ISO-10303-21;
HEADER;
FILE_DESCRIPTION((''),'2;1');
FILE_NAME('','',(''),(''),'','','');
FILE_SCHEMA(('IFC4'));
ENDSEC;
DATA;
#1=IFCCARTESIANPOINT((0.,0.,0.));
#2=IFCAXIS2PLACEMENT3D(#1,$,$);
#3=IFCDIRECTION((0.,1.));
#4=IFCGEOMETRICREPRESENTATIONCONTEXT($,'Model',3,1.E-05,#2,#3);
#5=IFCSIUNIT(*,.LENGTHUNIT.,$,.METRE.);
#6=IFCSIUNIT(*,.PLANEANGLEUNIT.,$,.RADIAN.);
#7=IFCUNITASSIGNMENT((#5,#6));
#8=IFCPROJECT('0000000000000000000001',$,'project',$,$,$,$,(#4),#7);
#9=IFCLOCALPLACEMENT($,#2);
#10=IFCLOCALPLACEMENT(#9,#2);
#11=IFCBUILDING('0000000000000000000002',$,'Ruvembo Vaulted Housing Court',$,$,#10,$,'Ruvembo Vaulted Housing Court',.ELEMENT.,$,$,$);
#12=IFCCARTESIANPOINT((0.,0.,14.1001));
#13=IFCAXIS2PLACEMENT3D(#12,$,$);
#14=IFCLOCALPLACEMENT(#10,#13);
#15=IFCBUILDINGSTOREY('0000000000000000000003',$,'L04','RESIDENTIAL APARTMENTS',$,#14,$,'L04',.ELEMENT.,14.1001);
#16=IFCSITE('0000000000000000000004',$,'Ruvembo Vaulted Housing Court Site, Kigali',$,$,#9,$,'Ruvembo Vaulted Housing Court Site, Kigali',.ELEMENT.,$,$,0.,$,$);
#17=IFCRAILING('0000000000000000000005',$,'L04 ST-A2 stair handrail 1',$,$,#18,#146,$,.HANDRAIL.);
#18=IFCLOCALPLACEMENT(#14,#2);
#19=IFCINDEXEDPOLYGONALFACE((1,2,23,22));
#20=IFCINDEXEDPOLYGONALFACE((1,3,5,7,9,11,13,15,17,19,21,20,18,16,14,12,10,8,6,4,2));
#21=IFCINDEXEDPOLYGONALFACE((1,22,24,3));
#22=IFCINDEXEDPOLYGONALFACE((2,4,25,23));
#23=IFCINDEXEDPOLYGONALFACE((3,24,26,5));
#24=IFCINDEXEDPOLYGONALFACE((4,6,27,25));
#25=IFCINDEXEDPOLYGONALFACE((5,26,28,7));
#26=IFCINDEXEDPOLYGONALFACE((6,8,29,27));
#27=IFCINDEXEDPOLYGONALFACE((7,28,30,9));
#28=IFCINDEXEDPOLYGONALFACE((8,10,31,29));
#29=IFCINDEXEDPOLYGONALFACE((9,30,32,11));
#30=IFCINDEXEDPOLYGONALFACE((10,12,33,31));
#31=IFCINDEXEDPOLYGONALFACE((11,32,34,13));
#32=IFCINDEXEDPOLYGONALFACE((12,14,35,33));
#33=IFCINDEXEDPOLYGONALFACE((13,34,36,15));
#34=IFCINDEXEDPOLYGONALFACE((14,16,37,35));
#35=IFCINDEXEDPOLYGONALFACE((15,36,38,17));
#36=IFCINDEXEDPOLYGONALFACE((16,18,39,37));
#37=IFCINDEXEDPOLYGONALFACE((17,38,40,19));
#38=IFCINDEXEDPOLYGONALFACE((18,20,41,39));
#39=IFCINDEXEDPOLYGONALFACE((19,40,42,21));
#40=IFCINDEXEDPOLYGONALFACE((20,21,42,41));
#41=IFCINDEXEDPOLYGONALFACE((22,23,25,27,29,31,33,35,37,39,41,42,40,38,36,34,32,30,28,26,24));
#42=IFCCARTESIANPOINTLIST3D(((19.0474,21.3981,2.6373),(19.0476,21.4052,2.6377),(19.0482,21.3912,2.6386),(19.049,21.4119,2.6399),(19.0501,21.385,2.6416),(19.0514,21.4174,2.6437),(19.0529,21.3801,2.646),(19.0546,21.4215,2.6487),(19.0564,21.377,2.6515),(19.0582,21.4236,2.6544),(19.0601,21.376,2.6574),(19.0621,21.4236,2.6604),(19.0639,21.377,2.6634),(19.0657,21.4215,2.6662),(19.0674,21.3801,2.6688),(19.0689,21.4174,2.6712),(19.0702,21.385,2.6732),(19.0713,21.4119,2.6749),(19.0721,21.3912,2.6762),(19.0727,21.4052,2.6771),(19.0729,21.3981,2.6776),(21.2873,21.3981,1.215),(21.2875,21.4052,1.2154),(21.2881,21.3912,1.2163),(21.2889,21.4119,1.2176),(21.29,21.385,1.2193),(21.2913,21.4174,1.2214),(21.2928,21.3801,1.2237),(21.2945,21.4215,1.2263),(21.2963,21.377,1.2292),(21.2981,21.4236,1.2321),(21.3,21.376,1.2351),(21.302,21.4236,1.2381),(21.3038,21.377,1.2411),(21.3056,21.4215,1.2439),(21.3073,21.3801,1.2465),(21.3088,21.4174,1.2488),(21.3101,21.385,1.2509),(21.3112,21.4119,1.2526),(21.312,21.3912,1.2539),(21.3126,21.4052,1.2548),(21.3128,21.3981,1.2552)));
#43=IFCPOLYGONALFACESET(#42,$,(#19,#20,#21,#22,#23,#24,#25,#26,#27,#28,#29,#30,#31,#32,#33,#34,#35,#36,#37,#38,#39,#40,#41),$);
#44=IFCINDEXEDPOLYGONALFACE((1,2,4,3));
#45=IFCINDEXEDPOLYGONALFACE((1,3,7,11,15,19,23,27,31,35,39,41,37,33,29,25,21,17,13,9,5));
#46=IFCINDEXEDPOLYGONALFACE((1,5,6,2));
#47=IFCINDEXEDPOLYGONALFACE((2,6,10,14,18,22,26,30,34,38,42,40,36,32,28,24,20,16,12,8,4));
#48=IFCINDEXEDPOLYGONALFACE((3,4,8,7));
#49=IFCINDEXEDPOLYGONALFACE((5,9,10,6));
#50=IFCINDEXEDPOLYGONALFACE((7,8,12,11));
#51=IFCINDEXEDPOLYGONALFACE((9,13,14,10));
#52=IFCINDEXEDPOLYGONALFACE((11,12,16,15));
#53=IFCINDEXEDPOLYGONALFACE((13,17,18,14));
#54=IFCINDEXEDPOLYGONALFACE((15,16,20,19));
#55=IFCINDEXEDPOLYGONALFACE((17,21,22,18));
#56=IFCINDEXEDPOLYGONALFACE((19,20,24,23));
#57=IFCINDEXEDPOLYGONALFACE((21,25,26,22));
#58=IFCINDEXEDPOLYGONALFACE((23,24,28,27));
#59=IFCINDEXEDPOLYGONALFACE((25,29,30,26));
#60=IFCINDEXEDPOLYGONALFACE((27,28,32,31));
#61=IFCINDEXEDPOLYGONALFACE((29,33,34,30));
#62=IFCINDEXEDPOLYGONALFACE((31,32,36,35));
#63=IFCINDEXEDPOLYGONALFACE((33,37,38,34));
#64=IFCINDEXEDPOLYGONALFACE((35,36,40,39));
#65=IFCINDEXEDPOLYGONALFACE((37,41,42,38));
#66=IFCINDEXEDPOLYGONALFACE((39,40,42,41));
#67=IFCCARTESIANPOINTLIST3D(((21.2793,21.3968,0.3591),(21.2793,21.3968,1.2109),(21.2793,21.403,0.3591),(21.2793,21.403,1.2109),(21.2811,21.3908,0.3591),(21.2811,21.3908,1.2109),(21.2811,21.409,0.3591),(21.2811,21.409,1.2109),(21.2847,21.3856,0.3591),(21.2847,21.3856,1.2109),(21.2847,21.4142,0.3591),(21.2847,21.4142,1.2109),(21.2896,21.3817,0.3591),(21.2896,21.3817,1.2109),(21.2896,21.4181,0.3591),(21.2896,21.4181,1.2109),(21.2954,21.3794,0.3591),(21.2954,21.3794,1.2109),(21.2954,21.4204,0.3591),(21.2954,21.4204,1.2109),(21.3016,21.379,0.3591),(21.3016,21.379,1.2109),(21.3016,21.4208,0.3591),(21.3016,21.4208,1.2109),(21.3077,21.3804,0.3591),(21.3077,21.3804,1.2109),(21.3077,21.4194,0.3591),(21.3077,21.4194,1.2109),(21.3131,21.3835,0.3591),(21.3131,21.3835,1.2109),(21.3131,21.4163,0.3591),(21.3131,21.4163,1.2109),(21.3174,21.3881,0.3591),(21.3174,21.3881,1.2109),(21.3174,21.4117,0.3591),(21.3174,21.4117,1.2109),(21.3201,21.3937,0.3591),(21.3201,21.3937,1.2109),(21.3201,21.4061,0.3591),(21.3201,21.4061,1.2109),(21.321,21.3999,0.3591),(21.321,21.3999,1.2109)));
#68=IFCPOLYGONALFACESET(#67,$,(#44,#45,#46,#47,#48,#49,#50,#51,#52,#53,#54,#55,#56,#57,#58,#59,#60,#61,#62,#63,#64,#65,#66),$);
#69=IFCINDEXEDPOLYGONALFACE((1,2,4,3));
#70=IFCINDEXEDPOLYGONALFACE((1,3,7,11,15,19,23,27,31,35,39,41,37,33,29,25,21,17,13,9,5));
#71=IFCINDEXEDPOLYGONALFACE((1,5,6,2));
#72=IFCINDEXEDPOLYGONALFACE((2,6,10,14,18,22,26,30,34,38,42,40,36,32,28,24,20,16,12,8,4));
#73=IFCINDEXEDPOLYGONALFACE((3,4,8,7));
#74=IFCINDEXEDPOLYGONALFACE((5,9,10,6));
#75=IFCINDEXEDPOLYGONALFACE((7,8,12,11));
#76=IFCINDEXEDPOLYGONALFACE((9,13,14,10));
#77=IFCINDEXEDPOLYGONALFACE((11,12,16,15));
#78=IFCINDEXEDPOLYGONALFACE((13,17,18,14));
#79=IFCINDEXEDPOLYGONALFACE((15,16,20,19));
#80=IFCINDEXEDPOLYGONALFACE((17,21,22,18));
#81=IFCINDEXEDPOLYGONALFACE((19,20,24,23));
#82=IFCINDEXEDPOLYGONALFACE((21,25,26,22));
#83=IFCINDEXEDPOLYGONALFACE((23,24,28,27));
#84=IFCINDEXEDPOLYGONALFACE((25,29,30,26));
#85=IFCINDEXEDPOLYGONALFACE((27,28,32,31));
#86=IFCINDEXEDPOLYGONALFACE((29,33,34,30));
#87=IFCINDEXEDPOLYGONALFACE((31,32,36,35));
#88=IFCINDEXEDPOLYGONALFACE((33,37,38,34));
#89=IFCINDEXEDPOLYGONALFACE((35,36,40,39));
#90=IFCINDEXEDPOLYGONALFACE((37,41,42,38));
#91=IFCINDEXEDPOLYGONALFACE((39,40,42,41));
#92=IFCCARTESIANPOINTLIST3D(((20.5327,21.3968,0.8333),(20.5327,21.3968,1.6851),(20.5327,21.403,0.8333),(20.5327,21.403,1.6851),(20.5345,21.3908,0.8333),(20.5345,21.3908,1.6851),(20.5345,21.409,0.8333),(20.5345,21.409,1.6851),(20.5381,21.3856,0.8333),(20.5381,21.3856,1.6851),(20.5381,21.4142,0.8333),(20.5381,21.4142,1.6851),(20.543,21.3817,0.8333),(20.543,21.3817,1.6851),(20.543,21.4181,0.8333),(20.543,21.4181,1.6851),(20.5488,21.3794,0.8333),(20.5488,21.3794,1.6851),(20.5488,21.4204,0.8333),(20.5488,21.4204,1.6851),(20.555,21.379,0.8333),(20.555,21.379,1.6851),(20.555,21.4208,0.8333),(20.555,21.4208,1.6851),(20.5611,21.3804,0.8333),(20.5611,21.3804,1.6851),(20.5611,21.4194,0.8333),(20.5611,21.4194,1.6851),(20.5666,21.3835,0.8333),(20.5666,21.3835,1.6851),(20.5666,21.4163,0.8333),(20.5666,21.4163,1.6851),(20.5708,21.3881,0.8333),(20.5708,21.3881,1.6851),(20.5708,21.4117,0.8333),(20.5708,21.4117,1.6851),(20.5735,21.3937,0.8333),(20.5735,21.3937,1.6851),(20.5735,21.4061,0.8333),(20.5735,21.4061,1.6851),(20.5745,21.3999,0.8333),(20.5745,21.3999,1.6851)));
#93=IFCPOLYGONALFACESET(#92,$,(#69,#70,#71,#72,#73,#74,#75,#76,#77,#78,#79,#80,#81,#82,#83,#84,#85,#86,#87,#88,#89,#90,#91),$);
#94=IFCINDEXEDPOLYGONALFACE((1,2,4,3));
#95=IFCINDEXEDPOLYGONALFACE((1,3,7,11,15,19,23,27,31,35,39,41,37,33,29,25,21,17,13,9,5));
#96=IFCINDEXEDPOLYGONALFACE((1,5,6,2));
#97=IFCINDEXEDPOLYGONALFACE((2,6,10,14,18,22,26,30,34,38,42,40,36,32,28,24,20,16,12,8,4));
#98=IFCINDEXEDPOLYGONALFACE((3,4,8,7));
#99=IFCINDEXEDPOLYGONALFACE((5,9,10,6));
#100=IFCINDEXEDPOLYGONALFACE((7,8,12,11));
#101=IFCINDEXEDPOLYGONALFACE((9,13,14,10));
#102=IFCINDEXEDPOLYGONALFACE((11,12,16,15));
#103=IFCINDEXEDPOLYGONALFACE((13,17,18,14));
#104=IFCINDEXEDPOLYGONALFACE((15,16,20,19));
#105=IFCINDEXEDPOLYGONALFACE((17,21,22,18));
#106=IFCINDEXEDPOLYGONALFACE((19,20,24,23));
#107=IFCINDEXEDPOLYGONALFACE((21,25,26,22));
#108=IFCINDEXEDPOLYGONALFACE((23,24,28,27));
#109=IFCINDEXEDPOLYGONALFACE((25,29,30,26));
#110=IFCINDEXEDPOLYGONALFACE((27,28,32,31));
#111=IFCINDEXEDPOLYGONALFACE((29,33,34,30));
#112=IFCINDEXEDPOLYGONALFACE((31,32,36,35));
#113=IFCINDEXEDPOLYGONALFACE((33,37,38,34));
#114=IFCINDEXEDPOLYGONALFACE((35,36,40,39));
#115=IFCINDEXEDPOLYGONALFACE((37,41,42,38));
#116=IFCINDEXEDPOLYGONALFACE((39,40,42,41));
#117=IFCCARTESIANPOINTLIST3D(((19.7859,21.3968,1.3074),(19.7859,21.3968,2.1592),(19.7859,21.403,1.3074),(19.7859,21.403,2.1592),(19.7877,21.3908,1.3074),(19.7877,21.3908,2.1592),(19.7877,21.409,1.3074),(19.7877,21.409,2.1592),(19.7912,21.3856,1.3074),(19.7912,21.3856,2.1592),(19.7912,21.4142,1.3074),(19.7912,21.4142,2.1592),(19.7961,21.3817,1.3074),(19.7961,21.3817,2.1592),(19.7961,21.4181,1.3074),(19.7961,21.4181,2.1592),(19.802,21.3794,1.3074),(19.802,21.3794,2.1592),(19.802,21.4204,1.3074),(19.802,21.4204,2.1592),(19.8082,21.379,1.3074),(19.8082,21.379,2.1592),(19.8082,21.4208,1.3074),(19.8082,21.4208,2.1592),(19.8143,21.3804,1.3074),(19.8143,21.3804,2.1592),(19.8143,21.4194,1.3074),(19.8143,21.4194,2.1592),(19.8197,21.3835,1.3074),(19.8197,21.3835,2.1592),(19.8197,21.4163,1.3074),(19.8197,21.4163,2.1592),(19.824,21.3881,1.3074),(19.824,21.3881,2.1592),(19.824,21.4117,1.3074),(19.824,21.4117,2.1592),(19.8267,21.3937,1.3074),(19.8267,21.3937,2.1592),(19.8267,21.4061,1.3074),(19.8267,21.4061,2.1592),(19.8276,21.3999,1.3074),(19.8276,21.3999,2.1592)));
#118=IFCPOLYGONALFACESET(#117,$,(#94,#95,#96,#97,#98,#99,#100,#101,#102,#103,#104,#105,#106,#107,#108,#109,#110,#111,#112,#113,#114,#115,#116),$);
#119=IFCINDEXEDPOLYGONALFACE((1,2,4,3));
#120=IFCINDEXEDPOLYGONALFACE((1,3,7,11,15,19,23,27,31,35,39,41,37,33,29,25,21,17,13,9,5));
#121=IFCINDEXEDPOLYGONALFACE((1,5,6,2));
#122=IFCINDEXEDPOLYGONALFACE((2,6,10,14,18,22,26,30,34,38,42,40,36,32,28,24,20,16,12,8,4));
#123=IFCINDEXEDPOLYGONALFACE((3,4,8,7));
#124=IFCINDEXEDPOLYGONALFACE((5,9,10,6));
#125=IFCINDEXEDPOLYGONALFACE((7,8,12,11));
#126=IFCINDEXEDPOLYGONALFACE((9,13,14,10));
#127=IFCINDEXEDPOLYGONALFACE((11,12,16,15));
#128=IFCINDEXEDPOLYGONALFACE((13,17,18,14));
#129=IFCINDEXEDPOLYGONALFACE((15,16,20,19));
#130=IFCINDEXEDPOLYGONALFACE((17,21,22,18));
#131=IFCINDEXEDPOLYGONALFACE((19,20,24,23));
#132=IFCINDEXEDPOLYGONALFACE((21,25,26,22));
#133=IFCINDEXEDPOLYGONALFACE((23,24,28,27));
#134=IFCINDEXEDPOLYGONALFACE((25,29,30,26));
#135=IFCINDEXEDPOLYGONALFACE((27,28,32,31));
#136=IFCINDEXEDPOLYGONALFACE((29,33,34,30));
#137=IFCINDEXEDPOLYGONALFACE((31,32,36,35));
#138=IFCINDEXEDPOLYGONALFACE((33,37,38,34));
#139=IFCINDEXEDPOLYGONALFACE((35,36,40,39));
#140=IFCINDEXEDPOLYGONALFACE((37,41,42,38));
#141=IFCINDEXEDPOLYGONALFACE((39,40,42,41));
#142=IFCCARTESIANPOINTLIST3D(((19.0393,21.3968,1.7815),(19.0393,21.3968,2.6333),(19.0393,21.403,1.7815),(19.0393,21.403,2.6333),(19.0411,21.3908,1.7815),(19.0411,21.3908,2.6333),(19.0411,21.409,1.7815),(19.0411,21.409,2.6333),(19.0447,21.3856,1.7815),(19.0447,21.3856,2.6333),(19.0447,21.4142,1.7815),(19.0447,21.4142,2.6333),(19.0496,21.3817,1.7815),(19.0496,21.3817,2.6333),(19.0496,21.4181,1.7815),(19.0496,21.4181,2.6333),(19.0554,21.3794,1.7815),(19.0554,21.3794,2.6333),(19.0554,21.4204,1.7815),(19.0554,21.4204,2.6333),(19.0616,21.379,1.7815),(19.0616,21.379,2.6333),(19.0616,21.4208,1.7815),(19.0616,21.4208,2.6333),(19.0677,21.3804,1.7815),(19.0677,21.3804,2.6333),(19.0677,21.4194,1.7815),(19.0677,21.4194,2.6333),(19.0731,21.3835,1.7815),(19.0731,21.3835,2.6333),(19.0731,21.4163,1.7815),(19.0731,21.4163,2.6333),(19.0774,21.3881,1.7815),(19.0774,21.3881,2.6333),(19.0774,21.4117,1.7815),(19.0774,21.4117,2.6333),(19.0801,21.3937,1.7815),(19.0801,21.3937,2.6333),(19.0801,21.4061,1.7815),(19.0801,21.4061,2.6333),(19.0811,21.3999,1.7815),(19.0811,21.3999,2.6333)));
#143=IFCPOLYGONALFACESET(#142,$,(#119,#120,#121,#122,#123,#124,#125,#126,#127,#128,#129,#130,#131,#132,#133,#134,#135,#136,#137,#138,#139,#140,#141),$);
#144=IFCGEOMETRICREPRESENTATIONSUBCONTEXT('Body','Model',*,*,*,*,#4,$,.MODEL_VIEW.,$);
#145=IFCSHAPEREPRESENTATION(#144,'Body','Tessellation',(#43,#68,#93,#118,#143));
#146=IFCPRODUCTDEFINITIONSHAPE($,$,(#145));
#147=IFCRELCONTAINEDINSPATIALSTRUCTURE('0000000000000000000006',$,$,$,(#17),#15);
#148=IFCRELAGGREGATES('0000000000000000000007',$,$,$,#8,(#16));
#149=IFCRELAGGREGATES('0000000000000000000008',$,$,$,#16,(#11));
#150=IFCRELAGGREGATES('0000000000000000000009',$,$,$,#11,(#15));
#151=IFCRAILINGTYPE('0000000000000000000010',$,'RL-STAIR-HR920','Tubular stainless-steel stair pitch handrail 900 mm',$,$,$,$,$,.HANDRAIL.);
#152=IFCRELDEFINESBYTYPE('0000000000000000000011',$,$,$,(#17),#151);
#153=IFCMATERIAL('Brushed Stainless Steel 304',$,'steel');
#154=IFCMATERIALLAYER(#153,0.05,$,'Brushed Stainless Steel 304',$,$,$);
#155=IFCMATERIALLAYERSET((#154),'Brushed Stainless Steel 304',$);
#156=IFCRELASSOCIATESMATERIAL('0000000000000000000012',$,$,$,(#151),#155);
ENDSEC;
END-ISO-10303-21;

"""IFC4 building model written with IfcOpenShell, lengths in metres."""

from ifc_helpers import new_model, si_unit, direction, frame, origin, origin_2d, place, context, subcontext, project, spatial, circle, extrude, material, layer, layer_set, type_object, element, save


model = new_model("IFC4")

# Units and contexts
model_context = context("Model", 3, precision=1e-05, world=origin(), true_north=direction((0.0, 1.0)))
body_context = subcontext(model_context, "Body", "Model", "MODEL_VIEW")
ifc_project = project(units=[si_unit("LENGTHUNIT", "METRE"), si_unit("PLANEANGLEUNIT", "RADIAN")], contexts=[model_context])

# Site, building, storey
site_placement = place(None, origin())
site = spatial("IfcSite", under=ifc_project, at=site_placement, Name="Ruvembo Vaulted Housing Court Site, Kigali", LongName="Ruvembo Vaulted Housing Court Site, Kigali", CompositionType="ELEMENT", RefElevation=0.0)
building_placement = place(site_placement, origin())
building = spatial("IfcBuilding", under=site, at=building_placement, Name="Ruvembo Vaulted Housing Court", LongName="Ruvembo Vaulted Housing Court", CompositionType="ELEMENT")
storey_placement = place(building_placement, frame((0.0, 0.0, 14.1001)))
storey = spatial("IfcBuildingStorey", under=building, at=storey_placement, Name="L04", Description="RESIDENTIAL APARTMENTS", LongName="L04", CompositionType="ELEMENT", Elevation=14.1001)

# Shared definitions
ifc_material_1 = material(Name="Brushed Stainless Steel 304", Category="steel")

# Railing
ifc_layer_1 = layer(ifc_material_1, 0.05, Name="Brushed Stainless Steel 304")
ifc_layer_set_1 = layer_set([ifc_layer_1], Name="Brushed Stainless Steel 304")
railing_type_1 = type_object("IfcRailingType", Name="RL-STAIR-HR920", Description="Tubular stainless-steel stair pitch handrail 900 mm", PredefinedType="HANDRAIL", material=ifc_layer_set_1)
railing_1_placement = place(storey_placement, frame((21.3, 21.3999, 0.3591)))
element("IfcRailing", 1, at=railing_1_placement, inside=storey, type_object=railing_type_1, Name="L04 ST-A2 stair handrail 1", PredefinedType="HANDRAIL", context=body_context, shape_type="SweptSolid", body=[
    extrude(circle(Radius=0.0239, at=origin_2d()), frame((0.0, 0.0, 0.876), z_axis=(-0.844188, 0.0, 0.536048), x_axis=(0.0, -1.0, 0.0)), (0.0, 0.0, 1.0), 2.6533),
    extrude(circle(Radius=0.021, at=origin_2d()), origin(), (0.0, 0.0, 1.0), 0.8518),
    extrude(circle(Radius=0.021, at=origin_2d()), frame((-0.7466, 0.0, 0.4741)), (0.0, 0.0, 1.0), 0.8518),
    extrude(circle(Radius=0.021, at=origin_2d()), frame((-1.4934, 0.0, 0.9482)), (0.0, 0.0, 1.0), 0.8518),
    extrude(circle(Radius=0.021, at=origin_2d()), frame((-2.24, 0.0, 1.4224)), (0.0, 0.0, 1.0), 0.8518),
])

save(model, "model.ifc")
